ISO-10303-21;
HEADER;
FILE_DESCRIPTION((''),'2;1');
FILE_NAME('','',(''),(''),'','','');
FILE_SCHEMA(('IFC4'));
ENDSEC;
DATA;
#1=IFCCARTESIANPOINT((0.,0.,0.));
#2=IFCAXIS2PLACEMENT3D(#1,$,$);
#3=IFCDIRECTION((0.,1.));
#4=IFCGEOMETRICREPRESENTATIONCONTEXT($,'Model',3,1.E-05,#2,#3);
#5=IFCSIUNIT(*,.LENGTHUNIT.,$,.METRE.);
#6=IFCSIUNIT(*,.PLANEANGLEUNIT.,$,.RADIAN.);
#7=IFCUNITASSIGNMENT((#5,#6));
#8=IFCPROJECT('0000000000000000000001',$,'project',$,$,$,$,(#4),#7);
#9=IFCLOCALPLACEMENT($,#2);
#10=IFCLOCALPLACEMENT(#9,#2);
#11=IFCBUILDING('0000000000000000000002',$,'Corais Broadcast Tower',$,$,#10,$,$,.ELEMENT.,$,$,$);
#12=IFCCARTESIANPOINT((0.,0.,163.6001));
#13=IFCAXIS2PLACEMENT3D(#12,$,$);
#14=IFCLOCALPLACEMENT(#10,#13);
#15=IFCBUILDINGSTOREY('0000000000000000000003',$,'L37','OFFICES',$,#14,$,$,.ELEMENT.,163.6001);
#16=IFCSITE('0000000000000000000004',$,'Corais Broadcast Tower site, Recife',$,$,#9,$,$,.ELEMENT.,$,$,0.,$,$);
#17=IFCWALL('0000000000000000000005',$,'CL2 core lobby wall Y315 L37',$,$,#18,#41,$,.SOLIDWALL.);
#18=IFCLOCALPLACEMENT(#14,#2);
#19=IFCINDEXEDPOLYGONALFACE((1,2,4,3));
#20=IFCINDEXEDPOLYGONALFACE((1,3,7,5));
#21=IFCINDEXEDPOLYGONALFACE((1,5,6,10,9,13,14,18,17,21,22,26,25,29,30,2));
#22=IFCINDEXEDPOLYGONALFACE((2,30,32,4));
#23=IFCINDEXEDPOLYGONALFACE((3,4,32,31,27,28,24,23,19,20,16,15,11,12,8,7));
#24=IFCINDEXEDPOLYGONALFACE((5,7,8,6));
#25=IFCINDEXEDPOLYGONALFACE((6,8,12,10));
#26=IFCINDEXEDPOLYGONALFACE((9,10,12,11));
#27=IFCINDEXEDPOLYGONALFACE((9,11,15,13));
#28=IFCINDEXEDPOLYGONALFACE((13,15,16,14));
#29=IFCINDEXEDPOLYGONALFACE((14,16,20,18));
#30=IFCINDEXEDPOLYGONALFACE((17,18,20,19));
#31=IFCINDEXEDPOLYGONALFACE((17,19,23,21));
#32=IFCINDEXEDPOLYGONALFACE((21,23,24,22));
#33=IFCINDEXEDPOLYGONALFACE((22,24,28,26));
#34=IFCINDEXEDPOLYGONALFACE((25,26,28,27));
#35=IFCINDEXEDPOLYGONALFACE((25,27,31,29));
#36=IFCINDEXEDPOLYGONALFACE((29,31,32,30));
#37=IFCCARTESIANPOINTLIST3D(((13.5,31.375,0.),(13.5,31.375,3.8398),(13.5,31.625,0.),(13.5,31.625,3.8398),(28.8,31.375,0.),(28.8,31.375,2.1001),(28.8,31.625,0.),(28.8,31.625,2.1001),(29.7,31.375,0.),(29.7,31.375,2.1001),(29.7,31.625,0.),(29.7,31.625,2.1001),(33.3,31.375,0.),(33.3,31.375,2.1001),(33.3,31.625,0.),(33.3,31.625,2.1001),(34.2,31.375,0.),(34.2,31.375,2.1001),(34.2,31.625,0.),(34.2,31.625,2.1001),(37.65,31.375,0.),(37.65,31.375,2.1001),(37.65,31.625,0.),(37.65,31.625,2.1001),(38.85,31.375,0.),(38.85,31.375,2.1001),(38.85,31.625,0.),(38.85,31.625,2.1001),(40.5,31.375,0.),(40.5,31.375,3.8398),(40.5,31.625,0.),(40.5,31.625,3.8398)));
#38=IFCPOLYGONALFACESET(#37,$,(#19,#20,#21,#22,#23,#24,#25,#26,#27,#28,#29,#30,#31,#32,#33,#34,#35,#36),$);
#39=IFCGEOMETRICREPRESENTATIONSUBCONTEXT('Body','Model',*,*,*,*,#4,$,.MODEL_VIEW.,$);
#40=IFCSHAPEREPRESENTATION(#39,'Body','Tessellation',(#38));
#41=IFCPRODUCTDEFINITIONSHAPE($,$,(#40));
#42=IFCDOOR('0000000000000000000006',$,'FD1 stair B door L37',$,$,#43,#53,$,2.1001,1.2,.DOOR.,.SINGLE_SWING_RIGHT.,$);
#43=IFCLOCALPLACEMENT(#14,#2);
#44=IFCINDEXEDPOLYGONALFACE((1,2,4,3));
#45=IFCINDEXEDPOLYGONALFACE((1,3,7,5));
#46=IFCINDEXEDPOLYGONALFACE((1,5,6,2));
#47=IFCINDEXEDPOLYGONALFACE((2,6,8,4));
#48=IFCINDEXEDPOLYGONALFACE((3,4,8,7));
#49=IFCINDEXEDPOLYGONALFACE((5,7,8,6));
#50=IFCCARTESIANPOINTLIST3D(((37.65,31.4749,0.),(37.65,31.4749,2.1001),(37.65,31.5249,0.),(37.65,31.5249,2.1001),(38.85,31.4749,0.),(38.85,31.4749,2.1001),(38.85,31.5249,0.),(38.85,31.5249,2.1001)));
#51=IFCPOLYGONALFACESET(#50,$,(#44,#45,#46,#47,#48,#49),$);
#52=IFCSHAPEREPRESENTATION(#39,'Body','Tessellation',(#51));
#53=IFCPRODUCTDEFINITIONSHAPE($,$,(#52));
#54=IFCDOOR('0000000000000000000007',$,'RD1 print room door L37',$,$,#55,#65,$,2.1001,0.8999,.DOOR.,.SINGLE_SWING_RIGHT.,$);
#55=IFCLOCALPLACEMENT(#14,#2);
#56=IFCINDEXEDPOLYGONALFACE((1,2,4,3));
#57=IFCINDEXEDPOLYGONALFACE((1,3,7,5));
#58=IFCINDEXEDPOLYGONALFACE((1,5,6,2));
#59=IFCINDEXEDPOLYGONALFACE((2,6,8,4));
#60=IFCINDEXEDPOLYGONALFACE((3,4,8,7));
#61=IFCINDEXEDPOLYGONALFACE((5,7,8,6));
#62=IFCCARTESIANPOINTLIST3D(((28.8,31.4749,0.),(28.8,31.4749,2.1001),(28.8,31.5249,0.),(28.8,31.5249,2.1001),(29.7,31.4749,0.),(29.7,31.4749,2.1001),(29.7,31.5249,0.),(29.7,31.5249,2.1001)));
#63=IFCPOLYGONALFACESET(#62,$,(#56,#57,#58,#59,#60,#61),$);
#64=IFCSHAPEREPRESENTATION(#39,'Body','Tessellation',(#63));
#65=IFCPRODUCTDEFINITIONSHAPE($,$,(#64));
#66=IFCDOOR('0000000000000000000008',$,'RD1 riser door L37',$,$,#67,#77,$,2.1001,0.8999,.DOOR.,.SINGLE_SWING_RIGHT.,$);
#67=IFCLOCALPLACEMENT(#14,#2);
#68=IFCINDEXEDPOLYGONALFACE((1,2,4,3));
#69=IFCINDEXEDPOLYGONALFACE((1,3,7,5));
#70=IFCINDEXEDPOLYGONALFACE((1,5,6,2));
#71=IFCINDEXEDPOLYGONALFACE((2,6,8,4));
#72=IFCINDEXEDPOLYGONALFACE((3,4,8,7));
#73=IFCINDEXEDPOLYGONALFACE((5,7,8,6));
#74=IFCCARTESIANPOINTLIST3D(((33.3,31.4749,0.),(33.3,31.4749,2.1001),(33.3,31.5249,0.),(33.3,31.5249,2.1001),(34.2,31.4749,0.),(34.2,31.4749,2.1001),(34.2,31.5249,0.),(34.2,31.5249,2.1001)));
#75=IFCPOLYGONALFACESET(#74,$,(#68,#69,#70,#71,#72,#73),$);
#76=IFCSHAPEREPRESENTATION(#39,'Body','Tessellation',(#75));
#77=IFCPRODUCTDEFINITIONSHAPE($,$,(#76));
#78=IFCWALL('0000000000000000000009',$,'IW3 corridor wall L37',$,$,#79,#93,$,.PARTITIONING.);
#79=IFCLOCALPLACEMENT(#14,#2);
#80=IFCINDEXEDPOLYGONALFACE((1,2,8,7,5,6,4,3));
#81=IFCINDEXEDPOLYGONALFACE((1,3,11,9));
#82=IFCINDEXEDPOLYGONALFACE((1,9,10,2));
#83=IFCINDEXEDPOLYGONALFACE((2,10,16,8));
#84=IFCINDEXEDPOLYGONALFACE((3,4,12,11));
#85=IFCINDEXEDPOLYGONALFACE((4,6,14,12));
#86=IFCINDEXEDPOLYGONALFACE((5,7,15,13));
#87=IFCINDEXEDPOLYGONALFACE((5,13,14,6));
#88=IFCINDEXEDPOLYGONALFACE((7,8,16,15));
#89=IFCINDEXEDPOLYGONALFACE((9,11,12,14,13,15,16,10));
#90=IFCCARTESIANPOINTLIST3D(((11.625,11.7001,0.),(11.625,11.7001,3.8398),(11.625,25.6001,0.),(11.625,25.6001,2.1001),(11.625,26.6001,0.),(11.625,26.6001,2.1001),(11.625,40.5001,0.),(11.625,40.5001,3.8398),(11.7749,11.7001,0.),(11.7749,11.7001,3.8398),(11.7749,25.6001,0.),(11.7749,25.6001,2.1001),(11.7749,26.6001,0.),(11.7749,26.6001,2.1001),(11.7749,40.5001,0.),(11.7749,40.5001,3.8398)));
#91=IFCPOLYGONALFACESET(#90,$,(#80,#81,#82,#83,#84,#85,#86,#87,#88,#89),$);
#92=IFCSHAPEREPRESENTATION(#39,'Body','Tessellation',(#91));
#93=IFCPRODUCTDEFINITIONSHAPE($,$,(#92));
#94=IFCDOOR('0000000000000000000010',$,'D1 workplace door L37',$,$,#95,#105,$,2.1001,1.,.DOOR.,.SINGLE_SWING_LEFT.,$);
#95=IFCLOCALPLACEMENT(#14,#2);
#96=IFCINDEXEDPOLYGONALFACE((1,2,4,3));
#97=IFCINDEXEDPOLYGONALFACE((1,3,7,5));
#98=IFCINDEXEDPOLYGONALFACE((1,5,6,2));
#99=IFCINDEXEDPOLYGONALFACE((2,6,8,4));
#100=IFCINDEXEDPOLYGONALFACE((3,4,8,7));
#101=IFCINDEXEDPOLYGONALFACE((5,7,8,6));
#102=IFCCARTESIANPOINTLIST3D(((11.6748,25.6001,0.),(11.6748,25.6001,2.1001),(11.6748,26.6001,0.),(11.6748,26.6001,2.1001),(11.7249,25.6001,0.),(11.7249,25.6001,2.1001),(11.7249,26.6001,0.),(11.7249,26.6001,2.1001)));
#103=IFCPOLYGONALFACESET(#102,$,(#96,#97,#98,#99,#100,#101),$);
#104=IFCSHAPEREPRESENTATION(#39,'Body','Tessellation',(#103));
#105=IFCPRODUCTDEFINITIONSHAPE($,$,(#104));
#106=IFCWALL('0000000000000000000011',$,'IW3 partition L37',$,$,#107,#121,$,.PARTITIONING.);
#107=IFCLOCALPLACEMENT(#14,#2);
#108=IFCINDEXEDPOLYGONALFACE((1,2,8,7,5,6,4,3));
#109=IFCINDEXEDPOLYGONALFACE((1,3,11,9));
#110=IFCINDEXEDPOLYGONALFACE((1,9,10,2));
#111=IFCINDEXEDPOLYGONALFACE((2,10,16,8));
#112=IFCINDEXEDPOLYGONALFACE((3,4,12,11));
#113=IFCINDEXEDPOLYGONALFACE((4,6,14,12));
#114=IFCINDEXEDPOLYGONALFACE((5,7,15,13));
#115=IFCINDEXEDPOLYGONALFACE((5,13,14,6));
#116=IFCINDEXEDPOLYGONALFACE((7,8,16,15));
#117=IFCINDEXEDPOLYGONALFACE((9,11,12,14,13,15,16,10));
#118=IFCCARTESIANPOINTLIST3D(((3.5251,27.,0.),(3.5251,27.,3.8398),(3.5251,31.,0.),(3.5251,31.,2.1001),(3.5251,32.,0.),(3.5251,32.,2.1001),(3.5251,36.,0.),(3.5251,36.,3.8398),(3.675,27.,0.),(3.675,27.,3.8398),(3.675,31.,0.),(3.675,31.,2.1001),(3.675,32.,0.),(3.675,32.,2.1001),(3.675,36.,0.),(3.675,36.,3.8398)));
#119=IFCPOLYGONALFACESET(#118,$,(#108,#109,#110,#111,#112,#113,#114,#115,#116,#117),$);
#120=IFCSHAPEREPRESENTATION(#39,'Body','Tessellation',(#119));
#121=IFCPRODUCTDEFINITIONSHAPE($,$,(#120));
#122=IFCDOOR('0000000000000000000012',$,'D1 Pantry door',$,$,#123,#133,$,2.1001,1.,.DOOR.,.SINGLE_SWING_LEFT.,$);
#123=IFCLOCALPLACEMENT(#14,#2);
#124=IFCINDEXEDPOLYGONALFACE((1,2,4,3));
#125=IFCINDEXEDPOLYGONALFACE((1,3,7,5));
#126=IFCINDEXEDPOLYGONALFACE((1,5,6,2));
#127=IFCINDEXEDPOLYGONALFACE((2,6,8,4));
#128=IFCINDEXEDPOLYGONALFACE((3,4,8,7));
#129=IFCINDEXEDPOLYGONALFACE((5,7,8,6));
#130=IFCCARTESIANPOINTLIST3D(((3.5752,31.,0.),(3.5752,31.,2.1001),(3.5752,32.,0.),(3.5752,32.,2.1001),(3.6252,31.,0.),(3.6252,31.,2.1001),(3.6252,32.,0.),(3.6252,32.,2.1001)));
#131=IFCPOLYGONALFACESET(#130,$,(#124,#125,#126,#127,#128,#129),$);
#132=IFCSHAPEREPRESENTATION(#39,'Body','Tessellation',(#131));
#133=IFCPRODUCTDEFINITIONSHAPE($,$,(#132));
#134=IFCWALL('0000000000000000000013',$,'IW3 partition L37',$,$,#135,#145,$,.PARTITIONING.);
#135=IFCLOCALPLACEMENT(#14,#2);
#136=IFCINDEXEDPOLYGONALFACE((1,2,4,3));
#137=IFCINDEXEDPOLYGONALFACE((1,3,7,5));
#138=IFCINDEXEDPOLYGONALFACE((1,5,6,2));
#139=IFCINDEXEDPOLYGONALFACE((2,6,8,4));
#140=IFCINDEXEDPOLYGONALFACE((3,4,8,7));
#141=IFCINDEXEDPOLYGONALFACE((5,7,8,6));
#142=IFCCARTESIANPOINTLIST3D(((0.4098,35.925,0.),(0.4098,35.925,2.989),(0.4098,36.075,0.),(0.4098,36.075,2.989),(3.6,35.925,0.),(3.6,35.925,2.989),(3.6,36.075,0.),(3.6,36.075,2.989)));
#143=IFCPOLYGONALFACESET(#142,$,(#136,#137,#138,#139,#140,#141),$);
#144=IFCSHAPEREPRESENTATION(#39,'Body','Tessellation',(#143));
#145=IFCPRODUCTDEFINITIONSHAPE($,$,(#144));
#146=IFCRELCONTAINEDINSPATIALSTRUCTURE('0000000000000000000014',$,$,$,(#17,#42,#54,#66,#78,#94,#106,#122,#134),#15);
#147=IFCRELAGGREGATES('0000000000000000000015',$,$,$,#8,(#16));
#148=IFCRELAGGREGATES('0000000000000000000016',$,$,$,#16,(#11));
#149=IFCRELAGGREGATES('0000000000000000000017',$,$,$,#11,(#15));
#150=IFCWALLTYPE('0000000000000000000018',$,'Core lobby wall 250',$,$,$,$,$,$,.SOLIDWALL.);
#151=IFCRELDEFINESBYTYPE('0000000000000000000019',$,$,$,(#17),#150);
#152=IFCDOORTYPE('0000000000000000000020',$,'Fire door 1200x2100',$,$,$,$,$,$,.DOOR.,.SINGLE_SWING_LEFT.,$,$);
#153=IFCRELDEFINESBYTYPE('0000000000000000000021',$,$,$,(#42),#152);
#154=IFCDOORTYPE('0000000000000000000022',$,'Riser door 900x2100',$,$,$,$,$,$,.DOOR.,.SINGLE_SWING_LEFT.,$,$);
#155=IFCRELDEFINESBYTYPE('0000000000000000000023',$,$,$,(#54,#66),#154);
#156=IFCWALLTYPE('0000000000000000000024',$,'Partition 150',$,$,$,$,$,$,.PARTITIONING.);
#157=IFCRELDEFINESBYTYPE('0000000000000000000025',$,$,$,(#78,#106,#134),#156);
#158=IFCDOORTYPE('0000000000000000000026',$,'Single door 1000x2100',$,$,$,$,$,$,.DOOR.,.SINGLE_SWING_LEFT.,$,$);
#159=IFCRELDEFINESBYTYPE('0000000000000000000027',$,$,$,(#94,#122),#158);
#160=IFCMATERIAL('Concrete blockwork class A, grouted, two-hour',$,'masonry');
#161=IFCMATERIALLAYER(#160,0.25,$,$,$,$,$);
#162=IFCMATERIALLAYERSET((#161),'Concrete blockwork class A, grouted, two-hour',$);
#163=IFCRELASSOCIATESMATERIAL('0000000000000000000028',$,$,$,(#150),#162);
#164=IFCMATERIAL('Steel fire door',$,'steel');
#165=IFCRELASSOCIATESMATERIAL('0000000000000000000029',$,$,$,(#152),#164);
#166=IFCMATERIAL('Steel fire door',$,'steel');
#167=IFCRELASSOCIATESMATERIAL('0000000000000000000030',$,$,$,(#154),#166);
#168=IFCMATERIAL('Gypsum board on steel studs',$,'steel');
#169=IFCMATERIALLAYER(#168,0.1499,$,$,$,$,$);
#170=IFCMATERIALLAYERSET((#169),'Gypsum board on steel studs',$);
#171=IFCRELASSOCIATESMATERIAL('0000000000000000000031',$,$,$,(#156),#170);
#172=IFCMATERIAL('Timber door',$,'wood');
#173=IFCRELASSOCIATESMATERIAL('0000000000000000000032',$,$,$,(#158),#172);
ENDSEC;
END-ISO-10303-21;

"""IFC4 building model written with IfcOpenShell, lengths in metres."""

from ifc_helpers import new_model, si_unit, direction, frame, frame_2d, origin, place, context, subcontext, project, spatial, rectangle, extrude, material, layer, layer_set, type_object, element, fill, save


model = new_model("IFC4")

# Units and contexts
model_context = context("Model", 3, precision=1e-05, world=origin(), true_north=direction((0.0, 1.0)))
body_context = subcontext(model_context, "Body", "Model", "MODEL_VIEW")
ifc_project = project(units=[si_unit("LENGTHUNIT", "METRE"), si_unit("PLANEANGLEUNIT", "RADIAN")], contexts=[model_context])

# Site, building, storey
site_placement = place(None, origin())
site = spatial("IfcSite", under=ifc_project, at=site_placement, Name="Corais Broadcast Tower site, Recife", CompositionType="ELEMENT", RefElevation=0.0)
building_placement = place(site_placement, origin())
building = spatial("IfcBuilding", under=site, at=building_placement, Name="Corais Broadcast Tower", CompositionType="ELEMENT")
storey_placement = place(building_placement, frame((0.0, 0.0, 163.6001)))
storey = spatial("IfcBuildingStorey", under=building, at=storey_placement, Name="L37", Description="OFFICES", CompositionType="ELEMENT", Elevation=163.6001)

# Wall, openings, doors
ifc_material_1 = material(Name="Concrete blockwork class A, grouted, two-hour", Category="masonry")
ifc_layer_1 = layer(ifc_material_1, 0.25)
ifc_layer_set_1 = layer_set([ifc_layer_1], Name="Concrete blockwork class A, grouted, two-hour")
wall_type_1 = type_object("IfcWallType", Name="Core lobby wall 250", PredefinedType="SOLIDWALL", material=ifc_layer_set_1)
wall_1_placement = place(storey_placement, frame((13.5, 31.5, 0.0), z_axis=(0.0, 0.0, 1.0), x_axis=(1.0, 0.0, 0.0)))
wall_1 = element("IfcWall", 1, at=wall_1_placement, inside=storey, type_object=wall_type_1, Name="CL2 core lobby wall Y315 L37", PredefinedType="SOLIDWALL", context=body_context, shape_type="SweptSolid", body=[
    extrude(rectangle(XDim=27.0, YDim=0.25, at=frame_2d((13.5, 0.0))), origin(), (0.0, 0.0, 1.0), 3.8398),
])
opening_1_placement = place(wall_1_placement, frame((24.1499, 0.0, 0.0)))
opening_1 = element("IfcOpeningElement", 2, at=opening_1_placement, cuts=wall_1, PredefinedType="OPENING", context=body_context, shape_type="SweptSolid", body=[
    extrude(rectangle(XDim=1.2, YDim=2.1001, at=frame_2d((0.6001, 1.05))), frame((0.0, 0.135, 0.0), z_axis=(0.0, -1.0, 0.0), x_axis=(1.0, 0.0, 0.0)), (0.0, 0.0, 1.0), 0.27),
])
opening_2_placement = place(wall_1_placement, frame((15.3, 0.0, 0.0)))
opening_2 = element("IfcOpeningElement", 3, at=opening_2_placement, cuts=wall_1, PredefinedType="OPENING", context=body_context, shape_type="SweptSolid", body=[
    extrude(rectangle(XDim=0.8999, YDim=2.1001, at=frame_2d((0.45, 1.05))), frame((0.0, 0.135, 0.0), z_axis=(0.0, -1.0, 0.0), x_axis=(1.0, 0.0, 0.0)), (0.0, 0.0, 1.0), 0.27),
])
opening_3_placement = place(wall_1_placement, frame((19.8, 0.0, 0.0)))
opening_3 = element("IfcOpeningElement", 4, at=opening_3_placement, cuts=wall_1, PredefinedType="OPENING", context=body_context, shape_type="SweptSolid", body=[
    extrude(rectangle(XDim=0.8999, YDim=2.1001, at=frame_2d((0.45, 1.05))), frame((0.0, 0.135, 0.0), z_axis=(0.0, -1.0, 0.0), x_axis=(1.0, 0.0, 0.0)), (0.0, 0.0, 1.0), 0.27),
])
ifc_material_2 = material(Name="Steel fire door", Category="steel")
door_type_1 = type_object("IfcDoorType", Name="Fire door 1200x2100", OperationType="SINGLE_SWING_LEFT", PredefinedType="DOOR", material=ifc_material_2)
door_1_placement = place(opening_1_placement, origin())
door_1 = element("IfcDoor", 5, at=door_1_placement, inside=storey, type_object=door_type_1, Name="FD1 stair B door L37", OperationType="SINGLE_SWING_RIGHT", OverallHeight=2.1001, OverallWidth=1.2, PredefinedType="DOOR", context=body_context, shape_type="SweptSolid", body=[
    extrude(rectangle(XDim=1.2, YDim=2.1001, at=frame_2d((0.6001, 1.05))), frame((0.0, 0.0249, 0.0), z_axis=(0.0, -1.0, 0.0), x_axis=(1.0, 0.0, 0.0)), (0.0, 0.0, 1.0), 0.05),
])
fill(opening_1, door_1)
ifc_material_3 = material(Name="Steel fire door", Category="steel")
door_type_2 = type_object("IfcDoorType", Name="Riser door 900x2100", OperationType="SINGLE_SWING_LEFT", PredefinedType="DOOR", material=ifc_material_3)
door_2_placement = place(opening_2_placement, origin())
door_2 = element("IfcDoor", 6, at=door_2_placement, inside=storey, type_object=door_type_2, Name="RD1 print room door L37", OperationType="SINGLE_SWING_RIGHT", OverallHeight=2.1001, OverallWidth=0.8999, PredefinedType="DOOR", context=body_context, shape_type="SweptSolid", body=[
    extrude(rectangle(XDim=0.8999, YDim=2.1001, at=frame_2d((0.45, 1.05))), frame((0.0, 0.0249, 0.0), z_axis=(0.0, -1.0, 0.0), x_axis=(1.0, 0.0, 0.0)), (0.0, 0.0, 1.0), 0.05),
])
fill(opening_2, door_2)
door_3_placement = place(opening_3_placement, origin())
door_3 = element("IfcDoor", 7, at=door_3_placement, inside=storey, type_object=door_type_2, Name="RD1 riser door L37", OperationType="SINGLE_SWING_RIGHT", OverallHeight=2.1001, OverallWidth=0.8999, PredefinedType="DOOR", context=body_context, shape_type="SweptSolid", body=[
    extrude(rectangle(XDim=0.8999, YDim=2.1001, at=frame_2d((0.45, 1.05))), frame((0.0, 0.0249, 0.0), z_axis=(0.0, -1.0, 0.0), x_axis=(1.0, 0.0, 0.0)), (0.0, 0.0, 1.0), 0.05),
])
fill(opening_3, door_3)

# Walls, openings, doors
ifc_material_4 = material(Name="Gypsum board on steel studs", Category="steel")
ifc_layer_2 = layer(ifc_material_4, 0.1499)
ifc_layer_set_2 = layer_set([ifc_layer_2], Name="Gypsum board on steel studs")
wall_type_2 = type_object("IfcWallType", Name="Partition 150", PredefinedType="PARTITIONING", material=ifc_layer_set_2)
wall_2_placement = place(storey_placement, frame((11.7, 40.5, 0.0), z_axis=(0.0, 0.0, 1.0), x_axis=(0.0, -1.0, 0.0)))
wall_2 = element("IfcWall", 8, at=wall_2_placement, inside=storey, type_object=wall_type_2, Name="IW3 corridor wall L37", PredefinedType="PARTITIONING", context=body_context, shape_type="SweptSolid", body=[
    extrude(rectangle(XDim=28.8, YDim=0.1499, at=frame_2d((14.3999, 0.0))), origin(), (0.0, 0.0, 1.0), 3.8398),
])
opening_4_placement = place(wall_2_placement, frame((13.8999, 0.0, 0.0)))
opening_4 = element("IfcOpeningElement", 9, at=opening_4_placement, cuts=wall_2, PredefinedType="OPENING", context=body_context, shape_type="SweptSolid", body=[
    extrude(rectangle(XDim=1.0, YDim=2.1001, at=frame_2d((0.5, 1.05))), frame((0.0, 0.085, 0.0), z_axis=(0.0, -1.0, 0.0), x_axis=(1.0, 0.0, 0.0)), (0.0, 0.0, 1.0), 0.1699),
])
ifc_material_5 = material(Name="Timber door", Category="wood")
door_type_3 = type_object("IfcDoorType", Name="Single door 1000x2100", OperationType="SINGLE_SWING_LEFT", PredefinedType="DOOR", material=ifc_material_5)
door_4_placement = place(opening_4_placement, origin())
door_4 = element("IfcDoor", 10, at=door_4_placement, inside=storey, type_object=door_type_3, Name="D1 workplace door L37", OperationType="SINGLE_SWING_LEFT", OverallHeight=2.1001, OverallWidth=1.0, PredefinedType="DOOR", context=body_context, shape_type="SweptSolid", body=[
    extrude(rectangle(XDim=1.0, YDim=2.1001, at=frame_2d((0.5, 1.05))), frame((0.0, 0.0249, 0.0), z_axis=(0.0, -1.0, 0.0), x_axis=(1.0, 0.0, 0.0)), (0.0, 0.0, 1.0), 0.05),
])
fill(opening_4, door_4)
wall_3_placement = place(storey_placement, frame((3.6001, 27.0, 0.0), z_axis=(0.0, 0.0, 1.0), x_axis=(0.0, 1.0, 0.0)))
wall_3 = element("IfcWall", 11, at=wall_3_placement, inside=storey, type_object=wall_type_2, Name="IW3 partition L37", PredefinedType="PARTITIONING", context=body_context, shape_type="SweptSolid", body=[
    extrude(rectangle(XDim=9.0, YDim=0.1499, at=frame_2d((4.5, 0.0))), origin(), (0.0, 0.0, 1.0), 3.8398),
])
opening_5_placement = place(wall_3_placement, frame((4.0, 0.0, 0.0)))
opening_5 = element("IfcOpeningElement", 12, at=opening_5_placement, cuts=wall_3, PredefinedType="OPENING", context=body_context, shape_type="SweptSolid", body=[
    extrude(rectangle(XDim=1.0, YDim=2.1001, at=frame_2d((0.5, 1.05))), frame((0.0, 0.085, 0.0), z_axis=(0.0, -1.0, 0.0), x_axis=(1.0, 0.0, 0.0)), (0.0, 0.0, 1.0), 0.1699),
])
door_5_placement = place(opening_5_placement, origin())
door_5 = element("IfcDoor", 13, at=door_5_placement, inside=storey, type_object=door_type_3, Name="D1 Pantry door", OperationType="SINGLE_SWING_LEFT", OverallHeight=2.1001, OverallWidth=1.0, PredefinedType="DOOR", context=body_context, shape_type="SweptSolid", body=[
    extrude(rectangle(XDim=1.0, YDim=2.1001, at=frame_2d((0.5, 1.05))), frame((0.0, 0.0249, 0.0), z_axis=(0.0, -1.0, 0.0), x_axis=(1.0, 0.0, 0.0)), (0.0, 0.0, 1.0), 0.05),
])
fill(opening_5, door_5)

# Wall
wall_4_placement = place(storey_placement, frame((3.6001, 36.0, 0.0), z_axis=(0.0, 0.0, 1.0), x_axis=(-1.0, 0.0, 0.0)))
element("IfcWall", 14, at=wall_4_placement, inside=storey, type_object=wall_type_2, Name="IW3 partition L37", PredefinedType="PARTITIONING", context=body_context, shape_type="SweptSolid", body=[
    extrude(rectangle(XDim=3.1902, YDim=0.1499, at=frame_2d((1.5952, 0.0))), origin(), (0.0, 0.0, 1.0), 2.989),
])

save(model, "model.ifc")
